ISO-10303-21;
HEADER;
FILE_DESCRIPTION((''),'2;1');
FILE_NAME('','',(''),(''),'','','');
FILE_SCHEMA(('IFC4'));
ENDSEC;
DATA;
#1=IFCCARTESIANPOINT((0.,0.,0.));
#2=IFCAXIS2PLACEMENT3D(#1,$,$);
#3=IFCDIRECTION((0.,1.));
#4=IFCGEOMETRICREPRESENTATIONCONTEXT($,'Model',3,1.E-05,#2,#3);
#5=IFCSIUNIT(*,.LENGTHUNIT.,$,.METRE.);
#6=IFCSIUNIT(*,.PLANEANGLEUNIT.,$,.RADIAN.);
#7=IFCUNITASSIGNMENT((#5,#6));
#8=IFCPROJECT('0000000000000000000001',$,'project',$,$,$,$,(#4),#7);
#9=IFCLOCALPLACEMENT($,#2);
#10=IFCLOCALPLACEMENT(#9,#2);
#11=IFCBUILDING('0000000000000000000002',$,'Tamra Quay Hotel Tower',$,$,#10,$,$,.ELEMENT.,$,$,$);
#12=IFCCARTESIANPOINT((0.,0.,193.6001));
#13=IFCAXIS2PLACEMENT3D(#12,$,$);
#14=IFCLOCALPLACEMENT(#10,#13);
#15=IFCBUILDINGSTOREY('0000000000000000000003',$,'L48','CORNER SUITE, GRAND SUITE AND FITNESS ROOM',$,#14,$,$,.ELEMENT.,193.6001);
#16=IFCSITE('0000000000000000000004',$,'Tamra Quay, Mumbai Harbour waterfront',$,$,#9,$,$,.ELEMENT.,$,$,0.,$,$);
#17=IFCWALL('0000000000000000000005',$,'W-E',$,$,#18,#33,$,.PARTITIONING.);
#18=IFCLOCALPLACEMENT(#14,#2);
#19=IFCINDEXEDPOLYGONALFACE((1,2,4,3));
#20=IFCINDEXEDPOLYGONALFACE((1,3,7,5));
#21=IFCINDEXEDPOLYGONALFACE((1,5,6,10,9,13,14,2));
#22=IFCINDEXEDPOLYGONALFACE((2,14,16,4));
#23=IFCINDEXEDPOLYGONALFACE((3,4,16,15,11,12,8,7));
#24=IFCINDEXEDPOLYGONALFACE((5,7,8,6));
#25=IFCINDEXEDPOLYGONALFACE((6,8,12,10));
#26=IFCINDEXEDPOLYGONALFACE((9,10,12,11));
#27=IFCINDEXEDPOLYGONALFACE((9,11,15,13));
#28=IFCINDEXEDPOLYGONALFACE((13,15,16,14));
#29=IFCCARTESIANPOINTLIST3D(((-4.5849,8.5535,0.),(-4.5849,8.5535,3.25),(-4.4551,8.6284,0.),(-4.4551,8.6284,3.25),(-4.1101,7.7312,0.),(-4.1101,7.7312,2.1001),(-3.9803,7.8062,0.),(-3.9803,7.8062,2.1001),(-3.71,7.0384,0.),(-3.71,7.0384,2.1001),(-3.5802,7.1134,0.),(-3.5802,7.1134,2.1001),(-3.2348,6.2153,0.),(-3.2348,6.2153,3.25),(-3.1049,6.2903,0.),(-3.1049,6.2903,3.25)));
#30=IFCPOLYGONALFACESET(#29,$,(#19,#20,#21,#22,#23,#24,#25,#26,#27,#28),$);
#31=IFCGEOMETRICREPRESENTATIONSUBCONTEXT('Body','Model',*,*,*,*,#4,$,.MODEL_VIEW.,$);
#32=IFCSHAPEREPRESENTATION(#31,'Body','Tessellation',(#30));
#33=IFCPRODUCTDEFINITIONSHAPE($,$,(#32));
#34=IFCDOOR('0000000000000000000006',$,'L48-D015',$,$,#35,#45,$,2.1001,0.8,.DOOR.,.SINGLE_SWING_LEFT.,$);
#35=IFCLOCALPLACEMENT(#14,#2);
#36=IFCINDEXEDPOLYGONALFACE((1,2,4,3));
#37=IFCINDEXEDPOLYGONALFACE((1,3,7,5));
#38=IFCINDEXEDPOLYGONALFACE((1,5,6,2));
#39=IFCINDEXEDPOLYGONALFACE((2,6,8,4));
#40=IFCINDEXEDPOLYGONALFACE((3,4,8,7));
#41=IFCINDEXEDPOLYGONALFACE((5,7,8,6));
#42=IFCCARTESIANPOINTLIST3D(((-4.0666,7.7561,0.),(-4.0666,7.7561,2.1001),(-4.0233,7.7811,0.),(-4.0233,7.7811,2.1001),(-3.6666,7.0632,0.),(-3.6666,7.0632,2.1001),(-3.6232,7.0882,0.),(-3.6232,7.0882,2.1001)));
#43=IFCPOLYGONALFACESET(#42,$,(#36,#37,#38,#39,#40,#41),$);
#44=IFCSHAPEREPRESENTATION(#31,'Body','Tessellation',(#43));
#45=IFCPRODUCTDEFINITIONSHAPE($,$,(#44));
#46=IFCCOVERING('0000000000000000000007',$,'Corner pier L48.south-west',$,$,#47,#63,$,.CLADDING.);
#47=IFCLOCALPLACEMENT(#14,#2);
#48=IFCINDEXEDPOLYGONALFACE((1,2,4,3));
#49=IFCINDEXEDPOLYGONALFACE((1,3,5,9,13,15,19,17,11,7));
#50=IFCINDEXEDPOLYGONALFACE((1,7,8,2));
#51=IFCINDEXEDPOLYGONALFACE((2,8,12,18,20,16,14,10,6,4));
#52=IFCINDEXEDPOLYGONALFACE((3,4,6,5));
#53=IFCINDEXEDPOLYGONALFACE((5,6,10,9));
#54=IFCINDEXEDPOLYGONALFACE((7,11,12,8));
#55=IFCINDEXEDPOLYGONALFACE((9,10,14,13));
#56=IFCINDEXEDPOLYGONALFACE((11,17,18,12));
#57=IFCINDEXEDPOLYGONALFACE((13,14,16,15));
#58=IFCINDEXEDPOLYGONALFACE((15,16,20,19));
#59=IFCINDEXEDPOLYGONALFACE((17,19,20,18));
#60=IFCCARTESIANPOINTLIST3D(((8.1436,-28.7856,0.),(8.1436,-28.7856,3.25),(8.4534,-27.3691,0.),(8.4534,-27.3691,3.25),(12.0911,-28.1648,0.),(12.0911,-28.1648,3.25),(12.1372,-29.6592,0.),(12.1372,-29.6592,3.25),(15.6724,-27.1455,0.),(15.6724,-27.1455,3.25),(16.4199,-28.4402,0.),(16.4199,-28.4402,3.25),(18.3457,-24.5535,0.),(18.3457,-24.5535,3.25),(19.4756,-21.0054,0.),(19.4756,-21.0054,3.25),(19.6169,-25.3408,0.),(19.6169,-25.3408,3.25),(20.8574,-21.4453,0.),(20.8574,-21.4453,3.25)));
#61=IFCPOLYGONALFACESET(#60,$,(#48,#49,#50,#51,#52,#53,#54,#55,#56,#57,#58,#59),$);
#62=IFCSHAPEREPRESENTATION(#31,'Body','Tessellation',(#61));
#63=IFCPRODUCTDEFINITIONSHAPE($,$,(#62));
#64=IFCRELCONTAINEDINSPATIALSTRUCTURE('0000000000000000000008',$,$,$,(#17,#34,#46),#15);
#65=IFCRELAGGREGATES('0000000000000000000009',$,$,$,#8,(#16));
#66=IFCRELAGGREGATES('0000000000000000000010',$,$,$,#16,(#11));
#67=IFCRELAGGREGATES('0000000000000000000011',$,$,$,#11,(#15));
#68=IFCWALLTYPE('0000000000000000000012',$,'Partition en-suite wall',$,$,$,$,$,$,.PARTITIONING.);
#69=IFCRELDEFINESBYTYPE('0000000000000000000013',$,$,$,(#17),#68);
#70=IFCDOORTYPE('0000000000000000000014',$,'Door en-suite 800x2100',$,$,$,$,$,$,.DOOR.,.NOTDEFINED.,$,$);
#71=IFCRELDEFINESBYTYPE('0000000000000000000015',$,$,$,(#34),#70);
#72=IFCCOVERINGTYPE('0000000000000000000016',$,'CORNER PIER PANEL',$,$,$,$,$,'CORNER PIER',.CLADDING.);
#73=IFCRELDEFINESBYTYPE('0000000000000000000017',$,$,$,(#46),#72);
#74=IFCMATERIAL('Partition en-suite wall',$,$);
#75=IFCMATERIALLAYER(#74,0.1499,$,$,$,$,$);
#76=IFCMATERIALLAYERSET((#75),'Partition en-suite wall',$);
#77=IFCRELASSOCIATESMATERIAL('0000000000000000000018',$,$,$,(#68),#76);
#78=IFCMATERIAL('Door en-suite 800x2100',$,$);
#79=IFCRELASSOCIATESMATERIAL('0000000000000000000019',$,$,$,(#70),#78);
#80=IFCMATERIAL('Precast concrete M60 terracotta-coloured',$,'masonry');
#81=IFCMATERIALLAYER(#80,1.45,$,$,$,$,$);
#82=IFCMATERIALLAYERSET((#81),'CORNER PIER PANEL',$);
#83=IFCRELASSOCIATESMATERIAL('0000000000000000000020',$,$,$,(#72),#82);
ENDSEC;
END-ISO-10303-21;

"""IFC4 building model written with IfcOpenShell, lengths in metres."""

from ifc_helpers import new_model, si_unit, direction, frame, frame_2d, origin, place, context, subcontext, project, spatial, polyline, rectangle, outline, extrude, material, layer, layer_set, type_object, element, fill, save


model = new_model("IFC4")

# Units and contexts
model_context = context("Model", 3, precision=1e-05, world=origin(), true_north=direction((0.0, 1.0)))
body_context = subcontext(model_context, "Body", "Model", "MODEL_VIEW")
ifc_project = project(units=[si_unit("LENGTHUNIT", "METRE"), si_unit("PLANEANGLEUNIT", "RADIAN")], contexts=[model_context])

# Site, building, storey
site_placement = place(None, origin())
site = spatial("IfcSite", under=ifc_project, at=site_placement, Name="Tamra Quay, Mumbai Harbour waterfront", CompositionType="ELEMENT", RefElevation=0.0)
building_placement = place(site_placement, origin())
building = spatial("IfcBuilding", under=site, at=building_placement, Name="Tamra Quay Hotel Tower", CompositionType="ELEMENT")
storey_placement = place(building_placement, frame((0.0, 0.0, 193.6001)))
storey = spatial("IfcBuildingStorey", under=building, at=storey_placement, Name="L48", Description="CORNER SUITE, GRAND SUITE AND FITNESS ROOM", CompositionType="ELEMENT", Elevation=193.6001)

# Shared definitions
ifc_material_1 = material(Name="Partition en-suite wall")
ifc_layer_1 = layer(ifc_material_1, 0.1499)
ifc_layer_set_1 = layer_set([ifc_layer_1], Name="Partition en-suite wall")
wall_type_1 = type_object("IfcWallType", Name="Partition en-suite wall", PredefinedType="PARTITIONING", material=ifc_layer_set_1)
ifc_material_2 = material(Name="Door en-suite 800x2100")
door_type_1 = type_object("IfcDoorType", Name="Door en-suite 800x2100", OperationType="NOTDEFINED", PredefinedType="DOOR", material=ifc_material_2)

# Wall, opening, door
wall_1_placement = place(storey_placement, frame((-4.52, 8.5911, 0.0), z_axis=(0.0, 0.0, 1.0), x_axis=(0.500049, -0.865997, 0.0)))
wall_1 = element("IfcWall", 1, at=wall_1_placement, inside=storey, type_object=wall_type_1, Name="W-E", PredefinedType="PARTITIONING", context=body_context, shape_type="SweptSolid", body=[
    extrude(rectangle(XDim=2.7, YDim=0.1499, at=frame_2d((1.3501, 0.0))), origin(), (0.0, 0.0, 1.0), 3.25),
])
opening_1_placement = place(wall_1_placement, frame((0.9497, 0.0, 0.0)))
opening_1 = element("IfcOpeningElement", 2, at=opening_1_placement, cuts=wall_1, PredefinedType="OPENING", context=body_context, shape_type="SweptSolid", body=[
    extrude(rectangle(XDim=0.8, YDim=2.1001, at=frame_2d((0.3999, 1.05))), frame((0.0, 0.085, 0.0), z_axis=(0.0, -1.0, 0.0), x_axis=(1.0, 0.0, 0.0)), (0.0, 0.0, 1.0), 0.1699),
])
door_1_placement = place(opening_1_placement, frame((0.8, 0.0, 0.0), z_axis=(0.0, 0.0, 1.0), x_axis=(-1.0, 0.0, 0.0)))
door_1 = element("IfcDoor", 3, at=door_1_placement, inside=storey, type_object=door_type_1, Name="L48-D015", OperationType="SINGLE_SWING_LEFT", OverallHeight=2.1001, OverallWidth=0.8, PredefinedType="DOOR", context=body_context, shape_type="SweptSolid", body=[
    extrude(rectangle(XDim=0.8, YDim=2.1001, at=frame_2d((0.3999, 1.05))), frame((0.0, 0.0249, 0.0), z_axis=(0.0, -1.0, 0.0), x_axis=(1.0, 0.0, 0.0)), (0.0, 0.0, 1.0), 0.05),
])
fill(opening_1, door_1)

# Covering
ifc_material_3 = material(Name="Precast concrete M60 terracotta-coloured", Category="masonry")
ifc_layer_2 = layer(ifc_material_3, 1.45)
ifc_layer_set_2 = layer_set([ifc_layer_2], Name="CORNER PIER PANEL")
covering_type_1 = type_object("IfcCoveringType", Name="CORNER PIER PANEL", ElementType="CORNER PIER", PredefinedType="CLADDING", material=ifc_layer_set_2)
covering_1_placement = place(storey_placement, origin())
element("IfcCovering", 4, at=covering_1_placement, inside=storey, type_object=covering_type_1, Name="Corner pier L48.south-west", PredefinedType="CLADDING", context=body_context, shape_type="SweptSolid", body=[
    extrude(outline(polyline([(8.4534, -27.3691), (8.1436, -28.7856), (12.1372, -29.6592), (16.4199, -28.4402), (19.6169, -25.3408), (20.8574, -21.4453), (19.4756, -21.0054), (18.3457, -24.5535), (15.6724, -27.1455), (12.0911, -28.1648), (8.4534, -27.3691)])), origin(), (0.0, 0.0, 1.0), 3.25),
])

save(model, "model.ifc")
